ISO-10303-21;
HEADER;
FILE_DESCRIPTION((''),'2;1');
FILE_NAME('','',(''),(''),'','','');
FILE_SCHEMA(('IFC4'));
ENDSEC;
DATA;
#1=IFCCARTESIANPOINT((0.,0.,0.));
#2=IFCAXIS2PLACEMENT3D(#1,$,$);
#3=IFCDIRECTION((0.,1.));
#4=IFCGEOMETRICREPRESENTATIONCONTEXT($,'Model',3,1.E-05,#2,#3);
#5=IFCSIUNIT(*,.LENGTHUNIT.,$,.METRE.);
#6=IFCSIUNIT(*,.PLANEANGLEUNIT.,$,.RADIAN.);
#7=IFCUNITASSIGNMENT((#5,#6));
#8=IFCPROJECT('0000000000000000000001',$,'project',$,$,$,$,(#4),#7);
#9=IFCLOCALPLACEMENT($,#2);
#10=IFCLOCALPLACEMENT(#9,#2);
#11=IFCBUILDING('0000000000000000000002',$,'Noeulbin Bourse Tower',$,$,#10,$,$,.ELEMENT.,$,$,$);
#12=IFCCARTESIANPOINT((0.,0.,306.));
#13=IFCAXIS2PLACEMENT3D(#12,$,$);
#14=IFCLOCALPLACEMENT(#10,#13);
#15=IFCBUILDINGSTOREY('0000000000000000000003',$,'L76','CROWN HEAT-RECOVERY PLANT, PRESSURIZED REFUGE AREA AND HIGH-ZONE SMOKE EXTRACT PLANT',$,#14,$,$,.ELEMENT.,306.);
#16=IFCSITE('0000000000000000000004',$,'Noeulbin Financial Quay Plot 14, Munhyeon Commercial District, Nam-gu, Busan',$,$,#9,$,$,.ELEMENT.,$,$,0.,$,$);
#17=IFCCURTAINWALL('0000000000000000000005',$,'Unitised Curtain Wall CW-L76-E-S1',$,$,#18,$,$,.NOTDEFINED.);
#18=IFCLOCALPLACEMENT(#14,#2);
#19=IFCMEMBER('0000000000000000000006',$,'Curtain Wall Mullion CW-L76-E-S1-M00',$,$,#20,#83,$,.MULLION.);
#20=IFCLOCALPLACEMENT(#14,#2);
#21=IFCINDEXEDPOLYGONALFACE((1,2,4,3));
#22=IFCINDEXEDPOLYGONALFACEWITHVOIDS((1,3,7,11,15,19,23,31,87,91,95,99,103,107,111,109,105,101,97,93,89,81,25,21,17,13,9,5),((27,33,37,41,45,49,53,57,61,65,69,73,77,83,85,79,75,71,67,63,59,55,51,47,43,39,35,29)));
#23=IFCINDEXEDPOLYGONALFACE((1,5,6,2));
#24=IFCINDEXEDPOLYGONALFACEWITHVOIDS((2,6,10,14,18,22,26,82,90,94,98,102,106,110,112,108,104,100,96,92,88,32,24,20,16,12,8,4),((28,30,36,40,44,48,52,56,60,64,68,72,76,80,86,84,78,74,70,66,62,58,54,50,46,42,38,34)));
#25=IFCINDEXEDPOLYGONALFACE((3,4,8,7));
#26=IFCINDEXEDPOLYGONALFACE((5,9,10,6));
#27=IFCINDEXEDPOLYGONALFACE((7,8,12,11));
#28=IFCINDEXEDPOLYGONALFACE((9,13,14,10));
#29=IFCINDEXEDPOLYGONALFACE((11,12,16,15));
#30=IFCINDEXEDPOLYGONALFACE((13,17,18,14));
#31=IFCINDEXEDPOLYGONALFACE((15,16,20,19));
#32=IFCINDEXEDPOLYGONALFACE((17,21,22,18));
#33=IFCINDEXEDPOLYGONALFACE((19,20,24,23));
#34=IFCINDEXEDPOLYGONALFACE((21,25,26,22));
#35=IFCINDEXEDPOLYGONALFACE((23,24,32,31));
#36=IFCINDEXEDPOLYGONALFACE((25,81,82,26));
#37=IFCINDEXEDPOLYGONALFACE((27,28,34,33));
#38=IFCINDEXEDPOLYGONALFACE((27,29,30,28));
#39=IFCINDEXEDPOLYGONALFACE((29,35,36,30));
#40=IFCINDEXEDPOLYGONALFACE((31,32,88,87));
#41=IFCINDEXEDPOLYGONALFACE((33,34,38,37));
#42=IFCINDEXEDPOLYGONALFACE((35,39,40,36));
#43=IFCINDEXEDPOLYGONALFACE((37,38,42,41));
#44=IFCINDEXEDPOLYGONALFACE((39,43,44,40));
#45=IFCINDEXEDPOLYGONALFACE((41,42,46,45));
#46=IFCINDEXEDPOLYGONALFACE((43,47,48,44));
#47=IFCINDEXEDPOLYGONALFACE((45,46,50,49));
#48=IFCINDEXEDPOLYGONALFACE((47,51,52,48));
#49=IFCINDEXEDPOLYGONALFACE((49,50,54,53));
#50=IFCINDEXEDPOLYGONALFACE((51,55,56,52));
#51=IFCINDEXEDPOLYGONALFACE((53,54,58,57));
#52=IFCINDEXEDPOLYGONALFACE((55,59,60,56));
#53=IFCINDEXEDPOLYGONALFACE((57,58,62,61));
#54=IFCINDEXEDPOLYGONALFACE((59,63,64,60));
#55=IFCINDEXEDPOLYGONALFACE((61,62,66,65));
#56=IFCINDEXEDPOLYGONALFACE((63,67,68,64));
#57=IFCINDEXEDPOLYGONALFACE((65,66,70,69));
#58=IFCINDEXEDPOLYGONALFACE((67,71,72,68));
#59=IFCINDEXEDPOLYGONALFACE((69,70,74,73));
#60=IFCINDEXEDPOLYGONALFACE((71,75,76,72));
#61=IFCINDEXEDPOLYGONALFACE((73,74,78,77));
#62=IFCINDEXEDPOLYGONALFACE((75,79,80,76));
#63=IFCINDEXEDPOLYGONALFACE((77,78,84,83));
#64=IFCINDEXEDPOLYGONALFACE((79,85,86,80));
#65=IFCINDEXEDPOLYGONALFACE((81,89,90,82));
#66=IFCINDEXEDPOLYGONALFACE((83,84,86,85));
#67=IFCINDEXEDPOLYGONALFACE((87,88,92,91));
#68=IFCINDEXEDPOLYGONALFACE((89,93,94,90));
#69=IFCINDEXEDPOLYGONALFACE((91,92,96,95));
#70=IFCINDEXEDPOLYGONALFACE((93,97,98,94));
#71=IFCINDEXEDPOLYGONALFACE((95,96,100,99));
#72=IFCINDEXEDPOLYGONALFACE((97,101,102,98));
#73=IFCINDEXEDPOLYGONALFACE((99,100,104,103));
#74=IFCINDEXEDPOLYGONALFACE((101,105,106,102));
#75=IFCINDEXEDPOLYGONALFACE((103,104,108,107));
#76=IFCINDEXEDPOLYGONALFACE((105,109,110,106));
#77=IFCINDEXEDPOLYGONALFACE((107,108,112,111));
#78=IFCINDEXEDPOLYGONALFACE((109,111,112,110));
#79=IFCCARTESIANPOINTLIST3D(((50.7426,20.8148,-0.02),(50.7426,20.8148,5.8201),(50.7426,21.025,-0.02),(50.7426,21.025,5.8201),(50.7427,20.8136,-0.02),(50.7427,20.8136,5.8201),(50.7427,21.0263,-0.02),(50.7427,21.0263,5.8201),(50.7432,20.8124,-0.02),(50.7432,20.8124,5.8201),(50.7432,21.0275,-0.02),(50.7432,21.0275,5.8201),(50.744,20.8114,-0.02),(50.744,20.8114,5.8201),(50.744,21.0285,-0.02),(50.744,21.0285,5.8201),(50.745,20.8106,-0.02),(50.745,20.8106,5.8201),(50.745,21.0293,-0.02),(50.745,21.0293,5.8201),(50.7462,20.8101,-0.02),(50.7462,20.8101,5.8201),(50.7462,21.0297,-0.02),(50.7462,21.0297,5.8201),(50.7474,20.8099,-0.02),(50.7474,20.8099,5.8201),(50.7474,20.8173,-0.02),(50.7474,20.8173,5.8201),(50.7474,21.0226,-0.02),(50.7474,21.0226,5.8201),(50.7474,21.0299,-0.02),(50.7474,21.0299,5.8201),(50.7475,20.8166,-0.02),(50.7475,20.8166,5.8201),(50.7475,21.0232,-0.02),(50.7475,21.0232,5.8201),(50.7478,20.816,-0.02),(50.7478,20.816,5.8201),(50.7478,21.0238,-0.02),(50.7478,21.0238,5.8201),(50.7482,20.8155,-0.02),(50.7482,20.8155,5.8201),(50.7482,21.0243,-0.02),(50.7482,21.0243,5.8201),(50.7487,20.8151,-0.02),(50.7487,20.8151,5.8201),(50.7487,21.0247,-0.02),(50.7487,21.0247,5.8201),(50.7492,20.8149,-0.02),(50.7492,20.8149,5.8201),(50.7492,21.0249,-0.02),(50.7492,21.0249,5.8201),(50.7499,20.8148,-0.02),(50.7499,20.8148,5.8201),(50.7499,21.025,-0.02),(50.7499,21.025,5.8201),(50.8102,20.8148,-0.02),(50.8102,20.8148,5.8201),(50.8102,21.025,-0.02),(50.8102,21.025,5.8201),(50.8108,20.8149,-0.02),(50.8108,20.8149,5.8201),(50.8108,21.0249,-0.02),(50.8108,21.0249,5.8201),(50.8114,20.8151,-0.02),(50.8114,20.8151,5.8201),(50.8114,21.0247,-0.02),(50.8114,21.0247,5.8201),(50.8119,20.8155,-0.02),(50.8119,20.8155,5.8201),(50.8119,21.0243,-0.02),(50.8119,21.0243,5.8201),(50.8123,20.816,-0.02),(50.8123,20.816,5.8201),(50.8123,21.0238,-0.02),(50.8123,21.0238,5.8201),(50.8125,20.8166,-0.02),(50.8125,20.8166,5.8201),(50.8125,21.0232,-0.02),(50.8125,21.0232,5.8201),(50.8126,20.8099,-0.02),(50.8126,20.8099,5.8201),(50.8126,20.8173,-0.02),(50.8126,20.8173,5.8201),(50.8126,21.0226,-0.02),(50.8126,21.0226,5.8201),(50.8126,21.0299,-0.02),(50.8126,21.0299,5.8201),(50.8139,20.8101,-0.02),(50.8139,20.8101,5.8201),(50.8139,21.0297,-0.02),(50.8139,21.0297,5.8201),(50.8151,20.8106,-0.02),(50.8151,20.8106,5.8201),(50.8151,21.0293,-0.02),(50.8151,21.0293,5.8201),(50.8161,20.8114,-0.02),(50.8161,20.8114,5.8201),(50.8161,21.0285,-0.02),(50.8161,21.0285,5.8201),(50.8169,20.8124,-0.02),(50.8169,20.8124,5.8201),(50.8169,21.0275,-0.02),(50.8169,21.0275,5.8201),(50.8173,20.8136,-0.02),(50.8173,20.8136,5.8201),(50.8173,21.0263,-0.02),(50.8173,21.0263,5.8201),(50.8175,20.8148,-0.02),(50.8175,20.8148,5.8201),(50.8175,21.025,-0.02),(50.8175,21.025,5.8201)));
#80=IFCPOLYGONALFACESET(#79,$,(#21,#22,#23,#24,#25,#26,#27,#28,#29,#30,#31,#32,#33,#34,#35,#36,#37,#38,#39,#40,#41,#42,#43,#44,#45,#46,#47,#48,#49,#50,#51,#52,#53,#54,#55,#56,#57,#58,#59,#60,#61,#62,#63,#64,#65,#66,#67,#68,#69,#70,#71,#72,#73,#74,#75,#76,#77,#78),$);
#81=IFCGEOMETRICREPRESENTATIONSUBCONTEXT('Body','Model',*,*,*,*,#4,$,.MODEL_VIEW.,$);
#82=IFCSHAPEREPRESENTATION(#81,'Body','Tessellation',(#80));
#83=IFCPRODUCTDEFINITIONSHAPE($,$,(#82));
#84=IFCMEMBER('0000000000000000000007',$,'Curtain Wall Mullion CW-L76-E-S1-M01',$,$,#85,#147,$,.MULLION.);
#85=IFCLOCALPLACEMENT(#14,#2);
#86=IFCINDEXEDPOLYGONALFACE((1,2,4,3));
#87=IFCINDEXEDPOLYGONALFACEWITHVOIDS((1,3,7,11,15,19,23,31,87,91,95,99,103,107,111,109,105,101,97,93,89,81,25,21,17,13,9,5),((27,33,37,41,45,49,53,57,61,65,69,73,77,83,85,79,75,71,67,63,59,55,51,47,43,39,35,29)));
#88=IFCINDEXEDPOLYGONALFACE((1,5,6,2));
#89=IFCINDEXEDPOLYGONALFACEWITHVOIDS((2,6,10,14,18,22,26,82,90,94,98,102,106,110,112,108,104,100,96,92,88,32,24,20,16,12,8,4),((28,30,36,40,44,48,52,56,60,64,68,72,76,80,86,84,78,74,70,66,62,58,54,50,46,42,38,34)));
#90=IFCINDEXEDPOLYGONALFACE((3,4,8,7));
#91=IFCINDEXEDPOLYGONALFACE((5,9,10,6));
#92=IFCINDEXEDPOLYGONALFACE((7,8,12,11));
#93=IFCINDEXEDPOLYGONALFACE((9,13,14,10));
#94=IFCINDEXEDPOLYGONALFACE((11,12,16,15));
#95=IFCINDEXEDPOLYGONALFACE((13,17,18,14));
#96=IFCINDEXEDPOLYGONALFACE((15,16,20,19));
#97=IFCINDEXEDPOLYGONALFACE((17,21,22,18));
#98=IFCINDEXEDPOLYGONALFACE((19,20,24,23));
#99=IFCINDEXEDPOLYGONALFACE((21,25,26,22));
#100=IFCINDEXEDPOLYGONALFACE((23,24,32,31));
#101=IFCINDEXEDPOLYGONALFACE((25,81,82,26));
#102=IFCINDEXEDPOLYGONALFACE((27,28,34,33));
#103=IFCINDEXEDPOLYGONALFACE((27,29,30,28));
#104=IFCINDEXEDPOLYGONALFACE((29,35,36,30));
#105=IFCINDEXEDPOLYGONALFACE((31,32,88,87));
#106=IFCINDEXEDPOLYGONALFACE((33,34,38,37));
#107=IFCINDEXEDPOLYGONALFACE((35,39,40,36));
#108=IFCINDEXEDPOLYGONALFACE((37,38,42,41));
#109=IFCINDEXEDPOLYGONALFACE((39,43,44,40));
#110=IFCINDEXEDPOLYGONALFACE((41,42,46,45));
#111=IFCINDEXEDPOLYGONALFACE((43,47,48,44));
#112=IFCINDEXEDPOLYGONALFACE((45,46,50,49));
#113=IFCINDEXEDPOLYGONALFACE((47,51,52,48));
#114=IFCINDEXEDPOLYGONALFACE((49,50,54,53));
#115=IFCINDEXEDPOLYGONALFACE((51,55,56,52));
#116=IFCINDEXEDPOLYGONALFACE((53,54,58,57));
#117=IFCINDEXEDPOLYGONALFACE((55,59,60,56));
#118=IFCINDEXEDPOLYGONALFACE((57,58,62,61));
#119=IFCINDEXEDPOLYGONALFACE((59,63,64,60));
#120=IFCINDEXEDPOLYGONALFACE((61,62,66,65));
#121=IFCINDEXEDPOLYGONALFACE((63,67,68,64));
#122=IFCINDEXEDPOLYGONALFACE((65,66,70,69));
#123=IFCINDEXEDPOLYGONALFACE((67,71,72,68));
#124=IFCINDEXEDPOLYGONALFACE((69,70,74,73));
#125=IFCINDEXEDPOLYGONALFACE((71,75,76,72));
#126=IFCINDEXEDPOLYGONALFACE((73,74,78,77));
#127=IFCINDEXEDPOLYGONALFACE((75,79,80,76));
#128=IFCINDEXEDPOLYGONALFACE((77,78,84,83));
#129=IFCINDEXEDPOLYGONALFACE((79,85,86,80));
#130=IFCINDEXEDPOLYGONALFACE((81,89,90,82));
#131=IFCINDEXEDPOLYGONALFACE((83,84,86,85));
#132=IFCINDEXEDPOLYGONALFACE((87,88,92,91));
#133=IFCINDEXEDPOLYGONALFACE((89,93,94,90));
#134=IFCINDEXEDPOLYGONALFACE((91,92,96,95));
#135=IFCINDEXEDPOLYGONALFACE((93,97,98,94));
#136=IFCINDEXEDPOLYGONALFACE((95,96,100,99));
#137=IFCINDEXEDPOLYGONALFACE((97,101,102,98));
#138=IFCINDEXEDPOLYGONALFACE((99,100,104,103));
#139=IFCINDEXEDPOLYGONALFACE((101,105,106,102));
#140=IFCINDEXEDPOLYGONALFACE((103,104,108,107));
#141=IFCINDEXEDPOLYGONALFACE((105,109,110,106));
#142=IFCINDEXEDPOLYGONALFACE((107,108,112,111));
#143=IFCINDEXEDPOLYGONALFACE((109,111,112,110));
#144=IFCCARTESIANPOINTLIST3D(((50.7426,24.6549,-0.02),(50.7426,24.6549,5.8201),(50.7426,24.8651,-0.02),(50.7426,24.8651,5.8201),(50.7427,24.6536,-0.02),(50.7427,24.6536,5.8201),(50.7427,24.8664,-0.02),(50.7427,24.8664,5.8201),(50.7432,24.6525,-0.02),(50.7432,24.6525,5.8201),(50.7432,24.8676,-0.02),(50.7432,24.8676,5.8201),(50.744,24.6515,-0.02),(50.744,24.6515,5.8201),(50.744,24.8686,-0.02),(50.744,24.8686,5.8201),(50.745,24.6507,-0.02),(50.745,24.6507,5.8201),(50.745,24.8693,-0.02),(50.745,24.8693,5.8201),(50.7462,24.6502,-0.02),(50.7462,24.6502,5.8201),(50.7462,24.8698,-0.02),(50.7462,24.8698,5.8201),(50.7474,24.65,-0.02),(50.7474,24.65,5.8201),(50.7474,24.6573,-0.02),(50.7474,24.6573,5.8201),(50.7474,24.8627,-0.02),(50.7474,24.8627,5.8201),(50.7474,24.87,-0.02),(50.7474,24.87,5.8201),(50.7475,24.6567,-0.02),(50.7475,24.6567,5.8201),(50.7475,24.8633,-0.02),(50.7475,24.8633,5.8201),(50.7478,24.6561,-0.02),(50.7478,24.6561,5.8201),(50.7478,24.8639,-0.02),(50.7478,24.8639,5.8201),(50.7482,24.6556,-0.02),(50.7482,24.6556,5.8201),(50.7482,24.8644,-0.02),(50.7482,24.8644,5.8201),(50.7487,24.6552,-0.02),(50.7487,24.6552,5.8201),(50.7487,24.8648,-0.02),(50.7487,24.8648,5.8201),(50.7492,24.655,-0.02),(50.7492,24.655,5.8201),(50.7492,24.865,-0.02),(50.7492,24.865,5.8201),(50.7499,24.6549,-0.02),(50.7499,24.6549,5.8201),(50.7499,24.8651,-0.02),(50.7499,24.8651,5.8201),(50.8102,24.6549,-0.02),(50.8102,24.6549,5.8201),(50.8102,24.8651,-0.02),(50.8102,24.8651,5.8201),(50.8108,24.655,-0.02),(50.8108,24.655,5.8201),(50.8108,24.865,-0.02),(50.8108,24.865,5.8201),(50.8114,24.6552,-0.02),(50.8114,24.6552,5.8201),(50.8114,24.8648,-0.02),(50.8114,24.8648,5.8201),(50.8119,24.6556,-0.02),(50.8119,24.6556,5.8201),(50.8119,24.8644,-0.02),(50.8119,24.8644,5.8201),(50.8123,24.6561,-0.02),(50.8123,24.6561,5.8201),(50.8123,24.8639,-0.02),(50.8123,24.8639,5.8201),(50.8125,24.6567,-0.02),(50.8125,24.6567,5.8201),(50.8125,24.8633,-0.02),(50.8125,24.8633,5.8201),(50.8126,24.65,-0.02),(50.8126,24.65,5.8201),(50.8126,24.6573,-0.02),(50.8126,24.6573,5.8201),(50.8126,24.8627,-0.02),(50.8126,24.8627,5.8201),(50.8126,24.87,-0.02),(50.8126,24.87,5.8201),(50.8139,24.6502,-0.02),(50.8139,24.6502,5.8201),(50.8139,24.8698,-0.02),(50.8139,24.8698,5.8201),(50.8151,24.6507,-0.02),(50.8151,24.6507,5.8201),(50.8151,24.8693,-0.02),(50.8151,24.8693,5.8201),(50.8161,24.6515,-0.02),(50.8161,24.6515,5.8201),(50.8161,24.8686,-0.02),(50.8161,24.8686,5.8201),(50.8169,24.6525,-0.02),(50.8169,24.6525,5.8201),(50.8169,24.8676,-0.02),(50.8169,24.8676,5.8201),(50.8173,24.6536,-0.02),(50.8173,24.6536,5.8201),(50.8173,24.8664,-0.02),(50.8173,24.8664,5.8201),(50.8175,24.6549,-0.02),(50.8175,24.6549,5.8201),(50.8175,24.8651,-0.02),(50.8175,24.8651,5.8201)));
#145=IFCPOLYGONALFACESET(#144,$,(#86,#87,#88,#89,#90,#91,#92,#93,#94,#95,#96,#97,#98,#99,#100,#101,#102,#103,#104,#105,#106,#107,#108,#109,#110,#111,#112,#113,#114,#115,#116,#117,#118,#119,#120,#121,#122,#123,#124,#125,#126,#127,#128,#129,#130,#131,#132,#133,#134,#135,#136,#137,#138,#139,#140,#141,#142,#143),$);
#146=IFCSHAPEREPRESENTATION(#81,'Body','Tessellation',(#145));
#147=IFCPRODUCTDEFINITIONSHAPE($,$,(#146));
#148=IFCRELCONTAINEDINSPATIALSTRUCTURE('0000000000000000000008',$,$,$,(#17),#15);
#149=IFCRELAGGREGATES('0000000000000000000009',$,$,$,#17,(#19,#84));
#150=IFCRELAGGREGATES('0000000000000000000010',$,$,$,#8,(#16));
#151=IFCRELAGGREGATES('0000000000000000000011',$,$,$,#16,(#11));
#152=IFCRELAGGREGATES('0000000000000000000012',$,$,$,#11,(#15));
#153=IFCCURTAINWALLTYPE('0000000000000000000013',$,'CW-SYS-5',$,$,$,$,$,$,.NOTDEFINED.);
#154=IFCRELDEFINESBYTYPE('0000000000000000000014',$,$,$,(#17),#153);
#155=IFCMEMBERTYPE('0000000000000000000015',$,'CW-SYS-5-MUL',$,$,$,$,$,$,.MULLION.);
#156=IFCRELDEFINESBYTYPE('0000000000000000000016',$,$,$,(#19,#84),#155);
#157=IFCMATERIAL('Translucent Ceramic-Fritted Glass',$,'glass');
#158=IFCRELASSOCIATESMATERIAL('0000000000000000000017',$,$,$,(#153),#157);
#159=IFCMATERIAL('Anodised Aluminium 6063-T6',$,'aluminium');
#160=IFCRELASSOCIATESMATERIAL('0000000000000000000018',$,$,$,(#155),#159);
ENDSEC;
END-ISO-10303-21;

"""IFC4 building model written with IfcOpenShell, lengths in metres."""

from ifc_helpers import new_model, si_unit, direction, frame, origin, origin_2d, place, context, subcontext, project, spatial, hollow_rectangle, extrude, material, material_profile, profile_set, type_object, element, aggregate, save


model = new_model("IFC4")

# Units and contexts
model_context = context("Model", 3, precision=1e-05, world=origin(), true_north=direction((0.0, 1.0)))
body_context = subcontext(model_context, "Body", "Model", "MODEL_VIEW")
ifc_project = project(units=[si_unit("LENGTHUNIT", "METRE"), si_unit("PLANEANGLEUNIT", "RADIAN")], contexts=[model_context])

# Site, building, storey
site_placement = place(None, origin())
site = spatial("IfcSite", under=ifc_project, at=site_placement, Name="Noeulbin Financial Quay Plot 14, Munhyeon Commercial District, Nam-gu, Busan", CompositionType="ELEMENT", RefElevation=0.0)
building_placement = place(site_placement, origin())
building = spatial("IfcBuilding", under=site, at=building_placement, Name="Noeulbin Bourse Tower", CompositionType="ELEMENT")
storey_placement = place(building_placement, frame((0.0, 0.0, 306.0)))
storey = spatial("IfcBuildingStorey", under=building, at=storey_placement, Name="L76", Description="CROWN HEAT-RECOVERY PLANT, PRESSURIZED REFUGE AREA AND HIGH-ZONE SMOKE EXTRACT PLANT", CompositionType="ELEMENT", Elevation=306.0)

# Curtain wall, members
ifc_material_1 = material(Name="Translucent Ceramic-Fritted Glass", Category="glass")
curtain_wall_type = type_object("IfcCurtainWallType", Name="CW-SYS-5", PredefinedType="NOTDEFINED", material=ifc_material_1)
ifc_material_2 = material(Name="Anodised Aluminium 6063-T6", Category="aluminium")
ifc_material_profile_1 = material_profile(ifc_material_2, hollow_rectangle(XDim=0.075, YDim=0.22, WallThickness=0.0049, InnerFilletRadius=0.0024, OuterFilletRadius=0.0049, at=origin_2d()), Name="ALU-MULL-75x220x5", Category="LoadBearing")
ifc_profile_set_1 = profile_set([ifc_material_profile_1], Name="Anodised Aluminium 6063-T6")
member_type_1 = type_object("IfcMemberType", Name="CW-SYS-5-MUL", PredefinedType="MULLION", material=ifc_profile_set_1)
curtain_wall_1_placement = place(storey_placement, origin())
curtain_wall_1 = element("IfcCurtainWall", 1, at=curtain_wall_1_placement, inside=storey, type_object=curtain_wall_type, Name="Unitised Curtain Wall CW-L76-E-S1", PredefinedType="NOTDEFINED")
member_1_placement = place(storey_placement, frame((50.78, 20.9199, -0.02), z_axis=(0.0, 0.0, 1.0), x_axis=(1.0, 0.0, 0.0)))
member_1 = element("IfcMember", 2, at=member_1_placement, type_object=member_type_1, Name="Curtain Wall Mullion CW-L76-E-S1-M00", PredefinedType="MULLION", context=body_context, shape_type="SweptSolid", body=[
    extrude(hollow_rectangle(XDim=0.075, YDim=0.22, WallThickness=0.0049, InnerFilletRadius=0.0024, OuterFilletRadius=0.0049, at=origin_2d()), origin(), (0.0, 0.0, 1.0), 5.8401),
])
member_2_placement = place(storey_placement, frame((50.78, 24.76, -0.02), z_axis=(0.0, 0.0, 1.0), x_axis=(1.0, 0.0, 0.0)))
member_2 = element("IfcMember", 3, at=member_2_placement, type_object=member_type_1, Name="Curtain Wall Mullion CW-L76-E-S1-M01", PredefinedType="MULLION", context=body_context, shape_type="SweptSolid", body=[
    extrude(hollow_rectangle(XDim=0.075, YDim=0.22, WallThickness=0.0049, InnerFilletRadius=0.0024, OuterFilletRadius=0.0049, at=origin_2d()), origin(), (0.0, 0.0, 1.0), 5.8401),
])

aggregate(curtain_wall_1, [member_1, member_2])

save(model, "model.ifc")
